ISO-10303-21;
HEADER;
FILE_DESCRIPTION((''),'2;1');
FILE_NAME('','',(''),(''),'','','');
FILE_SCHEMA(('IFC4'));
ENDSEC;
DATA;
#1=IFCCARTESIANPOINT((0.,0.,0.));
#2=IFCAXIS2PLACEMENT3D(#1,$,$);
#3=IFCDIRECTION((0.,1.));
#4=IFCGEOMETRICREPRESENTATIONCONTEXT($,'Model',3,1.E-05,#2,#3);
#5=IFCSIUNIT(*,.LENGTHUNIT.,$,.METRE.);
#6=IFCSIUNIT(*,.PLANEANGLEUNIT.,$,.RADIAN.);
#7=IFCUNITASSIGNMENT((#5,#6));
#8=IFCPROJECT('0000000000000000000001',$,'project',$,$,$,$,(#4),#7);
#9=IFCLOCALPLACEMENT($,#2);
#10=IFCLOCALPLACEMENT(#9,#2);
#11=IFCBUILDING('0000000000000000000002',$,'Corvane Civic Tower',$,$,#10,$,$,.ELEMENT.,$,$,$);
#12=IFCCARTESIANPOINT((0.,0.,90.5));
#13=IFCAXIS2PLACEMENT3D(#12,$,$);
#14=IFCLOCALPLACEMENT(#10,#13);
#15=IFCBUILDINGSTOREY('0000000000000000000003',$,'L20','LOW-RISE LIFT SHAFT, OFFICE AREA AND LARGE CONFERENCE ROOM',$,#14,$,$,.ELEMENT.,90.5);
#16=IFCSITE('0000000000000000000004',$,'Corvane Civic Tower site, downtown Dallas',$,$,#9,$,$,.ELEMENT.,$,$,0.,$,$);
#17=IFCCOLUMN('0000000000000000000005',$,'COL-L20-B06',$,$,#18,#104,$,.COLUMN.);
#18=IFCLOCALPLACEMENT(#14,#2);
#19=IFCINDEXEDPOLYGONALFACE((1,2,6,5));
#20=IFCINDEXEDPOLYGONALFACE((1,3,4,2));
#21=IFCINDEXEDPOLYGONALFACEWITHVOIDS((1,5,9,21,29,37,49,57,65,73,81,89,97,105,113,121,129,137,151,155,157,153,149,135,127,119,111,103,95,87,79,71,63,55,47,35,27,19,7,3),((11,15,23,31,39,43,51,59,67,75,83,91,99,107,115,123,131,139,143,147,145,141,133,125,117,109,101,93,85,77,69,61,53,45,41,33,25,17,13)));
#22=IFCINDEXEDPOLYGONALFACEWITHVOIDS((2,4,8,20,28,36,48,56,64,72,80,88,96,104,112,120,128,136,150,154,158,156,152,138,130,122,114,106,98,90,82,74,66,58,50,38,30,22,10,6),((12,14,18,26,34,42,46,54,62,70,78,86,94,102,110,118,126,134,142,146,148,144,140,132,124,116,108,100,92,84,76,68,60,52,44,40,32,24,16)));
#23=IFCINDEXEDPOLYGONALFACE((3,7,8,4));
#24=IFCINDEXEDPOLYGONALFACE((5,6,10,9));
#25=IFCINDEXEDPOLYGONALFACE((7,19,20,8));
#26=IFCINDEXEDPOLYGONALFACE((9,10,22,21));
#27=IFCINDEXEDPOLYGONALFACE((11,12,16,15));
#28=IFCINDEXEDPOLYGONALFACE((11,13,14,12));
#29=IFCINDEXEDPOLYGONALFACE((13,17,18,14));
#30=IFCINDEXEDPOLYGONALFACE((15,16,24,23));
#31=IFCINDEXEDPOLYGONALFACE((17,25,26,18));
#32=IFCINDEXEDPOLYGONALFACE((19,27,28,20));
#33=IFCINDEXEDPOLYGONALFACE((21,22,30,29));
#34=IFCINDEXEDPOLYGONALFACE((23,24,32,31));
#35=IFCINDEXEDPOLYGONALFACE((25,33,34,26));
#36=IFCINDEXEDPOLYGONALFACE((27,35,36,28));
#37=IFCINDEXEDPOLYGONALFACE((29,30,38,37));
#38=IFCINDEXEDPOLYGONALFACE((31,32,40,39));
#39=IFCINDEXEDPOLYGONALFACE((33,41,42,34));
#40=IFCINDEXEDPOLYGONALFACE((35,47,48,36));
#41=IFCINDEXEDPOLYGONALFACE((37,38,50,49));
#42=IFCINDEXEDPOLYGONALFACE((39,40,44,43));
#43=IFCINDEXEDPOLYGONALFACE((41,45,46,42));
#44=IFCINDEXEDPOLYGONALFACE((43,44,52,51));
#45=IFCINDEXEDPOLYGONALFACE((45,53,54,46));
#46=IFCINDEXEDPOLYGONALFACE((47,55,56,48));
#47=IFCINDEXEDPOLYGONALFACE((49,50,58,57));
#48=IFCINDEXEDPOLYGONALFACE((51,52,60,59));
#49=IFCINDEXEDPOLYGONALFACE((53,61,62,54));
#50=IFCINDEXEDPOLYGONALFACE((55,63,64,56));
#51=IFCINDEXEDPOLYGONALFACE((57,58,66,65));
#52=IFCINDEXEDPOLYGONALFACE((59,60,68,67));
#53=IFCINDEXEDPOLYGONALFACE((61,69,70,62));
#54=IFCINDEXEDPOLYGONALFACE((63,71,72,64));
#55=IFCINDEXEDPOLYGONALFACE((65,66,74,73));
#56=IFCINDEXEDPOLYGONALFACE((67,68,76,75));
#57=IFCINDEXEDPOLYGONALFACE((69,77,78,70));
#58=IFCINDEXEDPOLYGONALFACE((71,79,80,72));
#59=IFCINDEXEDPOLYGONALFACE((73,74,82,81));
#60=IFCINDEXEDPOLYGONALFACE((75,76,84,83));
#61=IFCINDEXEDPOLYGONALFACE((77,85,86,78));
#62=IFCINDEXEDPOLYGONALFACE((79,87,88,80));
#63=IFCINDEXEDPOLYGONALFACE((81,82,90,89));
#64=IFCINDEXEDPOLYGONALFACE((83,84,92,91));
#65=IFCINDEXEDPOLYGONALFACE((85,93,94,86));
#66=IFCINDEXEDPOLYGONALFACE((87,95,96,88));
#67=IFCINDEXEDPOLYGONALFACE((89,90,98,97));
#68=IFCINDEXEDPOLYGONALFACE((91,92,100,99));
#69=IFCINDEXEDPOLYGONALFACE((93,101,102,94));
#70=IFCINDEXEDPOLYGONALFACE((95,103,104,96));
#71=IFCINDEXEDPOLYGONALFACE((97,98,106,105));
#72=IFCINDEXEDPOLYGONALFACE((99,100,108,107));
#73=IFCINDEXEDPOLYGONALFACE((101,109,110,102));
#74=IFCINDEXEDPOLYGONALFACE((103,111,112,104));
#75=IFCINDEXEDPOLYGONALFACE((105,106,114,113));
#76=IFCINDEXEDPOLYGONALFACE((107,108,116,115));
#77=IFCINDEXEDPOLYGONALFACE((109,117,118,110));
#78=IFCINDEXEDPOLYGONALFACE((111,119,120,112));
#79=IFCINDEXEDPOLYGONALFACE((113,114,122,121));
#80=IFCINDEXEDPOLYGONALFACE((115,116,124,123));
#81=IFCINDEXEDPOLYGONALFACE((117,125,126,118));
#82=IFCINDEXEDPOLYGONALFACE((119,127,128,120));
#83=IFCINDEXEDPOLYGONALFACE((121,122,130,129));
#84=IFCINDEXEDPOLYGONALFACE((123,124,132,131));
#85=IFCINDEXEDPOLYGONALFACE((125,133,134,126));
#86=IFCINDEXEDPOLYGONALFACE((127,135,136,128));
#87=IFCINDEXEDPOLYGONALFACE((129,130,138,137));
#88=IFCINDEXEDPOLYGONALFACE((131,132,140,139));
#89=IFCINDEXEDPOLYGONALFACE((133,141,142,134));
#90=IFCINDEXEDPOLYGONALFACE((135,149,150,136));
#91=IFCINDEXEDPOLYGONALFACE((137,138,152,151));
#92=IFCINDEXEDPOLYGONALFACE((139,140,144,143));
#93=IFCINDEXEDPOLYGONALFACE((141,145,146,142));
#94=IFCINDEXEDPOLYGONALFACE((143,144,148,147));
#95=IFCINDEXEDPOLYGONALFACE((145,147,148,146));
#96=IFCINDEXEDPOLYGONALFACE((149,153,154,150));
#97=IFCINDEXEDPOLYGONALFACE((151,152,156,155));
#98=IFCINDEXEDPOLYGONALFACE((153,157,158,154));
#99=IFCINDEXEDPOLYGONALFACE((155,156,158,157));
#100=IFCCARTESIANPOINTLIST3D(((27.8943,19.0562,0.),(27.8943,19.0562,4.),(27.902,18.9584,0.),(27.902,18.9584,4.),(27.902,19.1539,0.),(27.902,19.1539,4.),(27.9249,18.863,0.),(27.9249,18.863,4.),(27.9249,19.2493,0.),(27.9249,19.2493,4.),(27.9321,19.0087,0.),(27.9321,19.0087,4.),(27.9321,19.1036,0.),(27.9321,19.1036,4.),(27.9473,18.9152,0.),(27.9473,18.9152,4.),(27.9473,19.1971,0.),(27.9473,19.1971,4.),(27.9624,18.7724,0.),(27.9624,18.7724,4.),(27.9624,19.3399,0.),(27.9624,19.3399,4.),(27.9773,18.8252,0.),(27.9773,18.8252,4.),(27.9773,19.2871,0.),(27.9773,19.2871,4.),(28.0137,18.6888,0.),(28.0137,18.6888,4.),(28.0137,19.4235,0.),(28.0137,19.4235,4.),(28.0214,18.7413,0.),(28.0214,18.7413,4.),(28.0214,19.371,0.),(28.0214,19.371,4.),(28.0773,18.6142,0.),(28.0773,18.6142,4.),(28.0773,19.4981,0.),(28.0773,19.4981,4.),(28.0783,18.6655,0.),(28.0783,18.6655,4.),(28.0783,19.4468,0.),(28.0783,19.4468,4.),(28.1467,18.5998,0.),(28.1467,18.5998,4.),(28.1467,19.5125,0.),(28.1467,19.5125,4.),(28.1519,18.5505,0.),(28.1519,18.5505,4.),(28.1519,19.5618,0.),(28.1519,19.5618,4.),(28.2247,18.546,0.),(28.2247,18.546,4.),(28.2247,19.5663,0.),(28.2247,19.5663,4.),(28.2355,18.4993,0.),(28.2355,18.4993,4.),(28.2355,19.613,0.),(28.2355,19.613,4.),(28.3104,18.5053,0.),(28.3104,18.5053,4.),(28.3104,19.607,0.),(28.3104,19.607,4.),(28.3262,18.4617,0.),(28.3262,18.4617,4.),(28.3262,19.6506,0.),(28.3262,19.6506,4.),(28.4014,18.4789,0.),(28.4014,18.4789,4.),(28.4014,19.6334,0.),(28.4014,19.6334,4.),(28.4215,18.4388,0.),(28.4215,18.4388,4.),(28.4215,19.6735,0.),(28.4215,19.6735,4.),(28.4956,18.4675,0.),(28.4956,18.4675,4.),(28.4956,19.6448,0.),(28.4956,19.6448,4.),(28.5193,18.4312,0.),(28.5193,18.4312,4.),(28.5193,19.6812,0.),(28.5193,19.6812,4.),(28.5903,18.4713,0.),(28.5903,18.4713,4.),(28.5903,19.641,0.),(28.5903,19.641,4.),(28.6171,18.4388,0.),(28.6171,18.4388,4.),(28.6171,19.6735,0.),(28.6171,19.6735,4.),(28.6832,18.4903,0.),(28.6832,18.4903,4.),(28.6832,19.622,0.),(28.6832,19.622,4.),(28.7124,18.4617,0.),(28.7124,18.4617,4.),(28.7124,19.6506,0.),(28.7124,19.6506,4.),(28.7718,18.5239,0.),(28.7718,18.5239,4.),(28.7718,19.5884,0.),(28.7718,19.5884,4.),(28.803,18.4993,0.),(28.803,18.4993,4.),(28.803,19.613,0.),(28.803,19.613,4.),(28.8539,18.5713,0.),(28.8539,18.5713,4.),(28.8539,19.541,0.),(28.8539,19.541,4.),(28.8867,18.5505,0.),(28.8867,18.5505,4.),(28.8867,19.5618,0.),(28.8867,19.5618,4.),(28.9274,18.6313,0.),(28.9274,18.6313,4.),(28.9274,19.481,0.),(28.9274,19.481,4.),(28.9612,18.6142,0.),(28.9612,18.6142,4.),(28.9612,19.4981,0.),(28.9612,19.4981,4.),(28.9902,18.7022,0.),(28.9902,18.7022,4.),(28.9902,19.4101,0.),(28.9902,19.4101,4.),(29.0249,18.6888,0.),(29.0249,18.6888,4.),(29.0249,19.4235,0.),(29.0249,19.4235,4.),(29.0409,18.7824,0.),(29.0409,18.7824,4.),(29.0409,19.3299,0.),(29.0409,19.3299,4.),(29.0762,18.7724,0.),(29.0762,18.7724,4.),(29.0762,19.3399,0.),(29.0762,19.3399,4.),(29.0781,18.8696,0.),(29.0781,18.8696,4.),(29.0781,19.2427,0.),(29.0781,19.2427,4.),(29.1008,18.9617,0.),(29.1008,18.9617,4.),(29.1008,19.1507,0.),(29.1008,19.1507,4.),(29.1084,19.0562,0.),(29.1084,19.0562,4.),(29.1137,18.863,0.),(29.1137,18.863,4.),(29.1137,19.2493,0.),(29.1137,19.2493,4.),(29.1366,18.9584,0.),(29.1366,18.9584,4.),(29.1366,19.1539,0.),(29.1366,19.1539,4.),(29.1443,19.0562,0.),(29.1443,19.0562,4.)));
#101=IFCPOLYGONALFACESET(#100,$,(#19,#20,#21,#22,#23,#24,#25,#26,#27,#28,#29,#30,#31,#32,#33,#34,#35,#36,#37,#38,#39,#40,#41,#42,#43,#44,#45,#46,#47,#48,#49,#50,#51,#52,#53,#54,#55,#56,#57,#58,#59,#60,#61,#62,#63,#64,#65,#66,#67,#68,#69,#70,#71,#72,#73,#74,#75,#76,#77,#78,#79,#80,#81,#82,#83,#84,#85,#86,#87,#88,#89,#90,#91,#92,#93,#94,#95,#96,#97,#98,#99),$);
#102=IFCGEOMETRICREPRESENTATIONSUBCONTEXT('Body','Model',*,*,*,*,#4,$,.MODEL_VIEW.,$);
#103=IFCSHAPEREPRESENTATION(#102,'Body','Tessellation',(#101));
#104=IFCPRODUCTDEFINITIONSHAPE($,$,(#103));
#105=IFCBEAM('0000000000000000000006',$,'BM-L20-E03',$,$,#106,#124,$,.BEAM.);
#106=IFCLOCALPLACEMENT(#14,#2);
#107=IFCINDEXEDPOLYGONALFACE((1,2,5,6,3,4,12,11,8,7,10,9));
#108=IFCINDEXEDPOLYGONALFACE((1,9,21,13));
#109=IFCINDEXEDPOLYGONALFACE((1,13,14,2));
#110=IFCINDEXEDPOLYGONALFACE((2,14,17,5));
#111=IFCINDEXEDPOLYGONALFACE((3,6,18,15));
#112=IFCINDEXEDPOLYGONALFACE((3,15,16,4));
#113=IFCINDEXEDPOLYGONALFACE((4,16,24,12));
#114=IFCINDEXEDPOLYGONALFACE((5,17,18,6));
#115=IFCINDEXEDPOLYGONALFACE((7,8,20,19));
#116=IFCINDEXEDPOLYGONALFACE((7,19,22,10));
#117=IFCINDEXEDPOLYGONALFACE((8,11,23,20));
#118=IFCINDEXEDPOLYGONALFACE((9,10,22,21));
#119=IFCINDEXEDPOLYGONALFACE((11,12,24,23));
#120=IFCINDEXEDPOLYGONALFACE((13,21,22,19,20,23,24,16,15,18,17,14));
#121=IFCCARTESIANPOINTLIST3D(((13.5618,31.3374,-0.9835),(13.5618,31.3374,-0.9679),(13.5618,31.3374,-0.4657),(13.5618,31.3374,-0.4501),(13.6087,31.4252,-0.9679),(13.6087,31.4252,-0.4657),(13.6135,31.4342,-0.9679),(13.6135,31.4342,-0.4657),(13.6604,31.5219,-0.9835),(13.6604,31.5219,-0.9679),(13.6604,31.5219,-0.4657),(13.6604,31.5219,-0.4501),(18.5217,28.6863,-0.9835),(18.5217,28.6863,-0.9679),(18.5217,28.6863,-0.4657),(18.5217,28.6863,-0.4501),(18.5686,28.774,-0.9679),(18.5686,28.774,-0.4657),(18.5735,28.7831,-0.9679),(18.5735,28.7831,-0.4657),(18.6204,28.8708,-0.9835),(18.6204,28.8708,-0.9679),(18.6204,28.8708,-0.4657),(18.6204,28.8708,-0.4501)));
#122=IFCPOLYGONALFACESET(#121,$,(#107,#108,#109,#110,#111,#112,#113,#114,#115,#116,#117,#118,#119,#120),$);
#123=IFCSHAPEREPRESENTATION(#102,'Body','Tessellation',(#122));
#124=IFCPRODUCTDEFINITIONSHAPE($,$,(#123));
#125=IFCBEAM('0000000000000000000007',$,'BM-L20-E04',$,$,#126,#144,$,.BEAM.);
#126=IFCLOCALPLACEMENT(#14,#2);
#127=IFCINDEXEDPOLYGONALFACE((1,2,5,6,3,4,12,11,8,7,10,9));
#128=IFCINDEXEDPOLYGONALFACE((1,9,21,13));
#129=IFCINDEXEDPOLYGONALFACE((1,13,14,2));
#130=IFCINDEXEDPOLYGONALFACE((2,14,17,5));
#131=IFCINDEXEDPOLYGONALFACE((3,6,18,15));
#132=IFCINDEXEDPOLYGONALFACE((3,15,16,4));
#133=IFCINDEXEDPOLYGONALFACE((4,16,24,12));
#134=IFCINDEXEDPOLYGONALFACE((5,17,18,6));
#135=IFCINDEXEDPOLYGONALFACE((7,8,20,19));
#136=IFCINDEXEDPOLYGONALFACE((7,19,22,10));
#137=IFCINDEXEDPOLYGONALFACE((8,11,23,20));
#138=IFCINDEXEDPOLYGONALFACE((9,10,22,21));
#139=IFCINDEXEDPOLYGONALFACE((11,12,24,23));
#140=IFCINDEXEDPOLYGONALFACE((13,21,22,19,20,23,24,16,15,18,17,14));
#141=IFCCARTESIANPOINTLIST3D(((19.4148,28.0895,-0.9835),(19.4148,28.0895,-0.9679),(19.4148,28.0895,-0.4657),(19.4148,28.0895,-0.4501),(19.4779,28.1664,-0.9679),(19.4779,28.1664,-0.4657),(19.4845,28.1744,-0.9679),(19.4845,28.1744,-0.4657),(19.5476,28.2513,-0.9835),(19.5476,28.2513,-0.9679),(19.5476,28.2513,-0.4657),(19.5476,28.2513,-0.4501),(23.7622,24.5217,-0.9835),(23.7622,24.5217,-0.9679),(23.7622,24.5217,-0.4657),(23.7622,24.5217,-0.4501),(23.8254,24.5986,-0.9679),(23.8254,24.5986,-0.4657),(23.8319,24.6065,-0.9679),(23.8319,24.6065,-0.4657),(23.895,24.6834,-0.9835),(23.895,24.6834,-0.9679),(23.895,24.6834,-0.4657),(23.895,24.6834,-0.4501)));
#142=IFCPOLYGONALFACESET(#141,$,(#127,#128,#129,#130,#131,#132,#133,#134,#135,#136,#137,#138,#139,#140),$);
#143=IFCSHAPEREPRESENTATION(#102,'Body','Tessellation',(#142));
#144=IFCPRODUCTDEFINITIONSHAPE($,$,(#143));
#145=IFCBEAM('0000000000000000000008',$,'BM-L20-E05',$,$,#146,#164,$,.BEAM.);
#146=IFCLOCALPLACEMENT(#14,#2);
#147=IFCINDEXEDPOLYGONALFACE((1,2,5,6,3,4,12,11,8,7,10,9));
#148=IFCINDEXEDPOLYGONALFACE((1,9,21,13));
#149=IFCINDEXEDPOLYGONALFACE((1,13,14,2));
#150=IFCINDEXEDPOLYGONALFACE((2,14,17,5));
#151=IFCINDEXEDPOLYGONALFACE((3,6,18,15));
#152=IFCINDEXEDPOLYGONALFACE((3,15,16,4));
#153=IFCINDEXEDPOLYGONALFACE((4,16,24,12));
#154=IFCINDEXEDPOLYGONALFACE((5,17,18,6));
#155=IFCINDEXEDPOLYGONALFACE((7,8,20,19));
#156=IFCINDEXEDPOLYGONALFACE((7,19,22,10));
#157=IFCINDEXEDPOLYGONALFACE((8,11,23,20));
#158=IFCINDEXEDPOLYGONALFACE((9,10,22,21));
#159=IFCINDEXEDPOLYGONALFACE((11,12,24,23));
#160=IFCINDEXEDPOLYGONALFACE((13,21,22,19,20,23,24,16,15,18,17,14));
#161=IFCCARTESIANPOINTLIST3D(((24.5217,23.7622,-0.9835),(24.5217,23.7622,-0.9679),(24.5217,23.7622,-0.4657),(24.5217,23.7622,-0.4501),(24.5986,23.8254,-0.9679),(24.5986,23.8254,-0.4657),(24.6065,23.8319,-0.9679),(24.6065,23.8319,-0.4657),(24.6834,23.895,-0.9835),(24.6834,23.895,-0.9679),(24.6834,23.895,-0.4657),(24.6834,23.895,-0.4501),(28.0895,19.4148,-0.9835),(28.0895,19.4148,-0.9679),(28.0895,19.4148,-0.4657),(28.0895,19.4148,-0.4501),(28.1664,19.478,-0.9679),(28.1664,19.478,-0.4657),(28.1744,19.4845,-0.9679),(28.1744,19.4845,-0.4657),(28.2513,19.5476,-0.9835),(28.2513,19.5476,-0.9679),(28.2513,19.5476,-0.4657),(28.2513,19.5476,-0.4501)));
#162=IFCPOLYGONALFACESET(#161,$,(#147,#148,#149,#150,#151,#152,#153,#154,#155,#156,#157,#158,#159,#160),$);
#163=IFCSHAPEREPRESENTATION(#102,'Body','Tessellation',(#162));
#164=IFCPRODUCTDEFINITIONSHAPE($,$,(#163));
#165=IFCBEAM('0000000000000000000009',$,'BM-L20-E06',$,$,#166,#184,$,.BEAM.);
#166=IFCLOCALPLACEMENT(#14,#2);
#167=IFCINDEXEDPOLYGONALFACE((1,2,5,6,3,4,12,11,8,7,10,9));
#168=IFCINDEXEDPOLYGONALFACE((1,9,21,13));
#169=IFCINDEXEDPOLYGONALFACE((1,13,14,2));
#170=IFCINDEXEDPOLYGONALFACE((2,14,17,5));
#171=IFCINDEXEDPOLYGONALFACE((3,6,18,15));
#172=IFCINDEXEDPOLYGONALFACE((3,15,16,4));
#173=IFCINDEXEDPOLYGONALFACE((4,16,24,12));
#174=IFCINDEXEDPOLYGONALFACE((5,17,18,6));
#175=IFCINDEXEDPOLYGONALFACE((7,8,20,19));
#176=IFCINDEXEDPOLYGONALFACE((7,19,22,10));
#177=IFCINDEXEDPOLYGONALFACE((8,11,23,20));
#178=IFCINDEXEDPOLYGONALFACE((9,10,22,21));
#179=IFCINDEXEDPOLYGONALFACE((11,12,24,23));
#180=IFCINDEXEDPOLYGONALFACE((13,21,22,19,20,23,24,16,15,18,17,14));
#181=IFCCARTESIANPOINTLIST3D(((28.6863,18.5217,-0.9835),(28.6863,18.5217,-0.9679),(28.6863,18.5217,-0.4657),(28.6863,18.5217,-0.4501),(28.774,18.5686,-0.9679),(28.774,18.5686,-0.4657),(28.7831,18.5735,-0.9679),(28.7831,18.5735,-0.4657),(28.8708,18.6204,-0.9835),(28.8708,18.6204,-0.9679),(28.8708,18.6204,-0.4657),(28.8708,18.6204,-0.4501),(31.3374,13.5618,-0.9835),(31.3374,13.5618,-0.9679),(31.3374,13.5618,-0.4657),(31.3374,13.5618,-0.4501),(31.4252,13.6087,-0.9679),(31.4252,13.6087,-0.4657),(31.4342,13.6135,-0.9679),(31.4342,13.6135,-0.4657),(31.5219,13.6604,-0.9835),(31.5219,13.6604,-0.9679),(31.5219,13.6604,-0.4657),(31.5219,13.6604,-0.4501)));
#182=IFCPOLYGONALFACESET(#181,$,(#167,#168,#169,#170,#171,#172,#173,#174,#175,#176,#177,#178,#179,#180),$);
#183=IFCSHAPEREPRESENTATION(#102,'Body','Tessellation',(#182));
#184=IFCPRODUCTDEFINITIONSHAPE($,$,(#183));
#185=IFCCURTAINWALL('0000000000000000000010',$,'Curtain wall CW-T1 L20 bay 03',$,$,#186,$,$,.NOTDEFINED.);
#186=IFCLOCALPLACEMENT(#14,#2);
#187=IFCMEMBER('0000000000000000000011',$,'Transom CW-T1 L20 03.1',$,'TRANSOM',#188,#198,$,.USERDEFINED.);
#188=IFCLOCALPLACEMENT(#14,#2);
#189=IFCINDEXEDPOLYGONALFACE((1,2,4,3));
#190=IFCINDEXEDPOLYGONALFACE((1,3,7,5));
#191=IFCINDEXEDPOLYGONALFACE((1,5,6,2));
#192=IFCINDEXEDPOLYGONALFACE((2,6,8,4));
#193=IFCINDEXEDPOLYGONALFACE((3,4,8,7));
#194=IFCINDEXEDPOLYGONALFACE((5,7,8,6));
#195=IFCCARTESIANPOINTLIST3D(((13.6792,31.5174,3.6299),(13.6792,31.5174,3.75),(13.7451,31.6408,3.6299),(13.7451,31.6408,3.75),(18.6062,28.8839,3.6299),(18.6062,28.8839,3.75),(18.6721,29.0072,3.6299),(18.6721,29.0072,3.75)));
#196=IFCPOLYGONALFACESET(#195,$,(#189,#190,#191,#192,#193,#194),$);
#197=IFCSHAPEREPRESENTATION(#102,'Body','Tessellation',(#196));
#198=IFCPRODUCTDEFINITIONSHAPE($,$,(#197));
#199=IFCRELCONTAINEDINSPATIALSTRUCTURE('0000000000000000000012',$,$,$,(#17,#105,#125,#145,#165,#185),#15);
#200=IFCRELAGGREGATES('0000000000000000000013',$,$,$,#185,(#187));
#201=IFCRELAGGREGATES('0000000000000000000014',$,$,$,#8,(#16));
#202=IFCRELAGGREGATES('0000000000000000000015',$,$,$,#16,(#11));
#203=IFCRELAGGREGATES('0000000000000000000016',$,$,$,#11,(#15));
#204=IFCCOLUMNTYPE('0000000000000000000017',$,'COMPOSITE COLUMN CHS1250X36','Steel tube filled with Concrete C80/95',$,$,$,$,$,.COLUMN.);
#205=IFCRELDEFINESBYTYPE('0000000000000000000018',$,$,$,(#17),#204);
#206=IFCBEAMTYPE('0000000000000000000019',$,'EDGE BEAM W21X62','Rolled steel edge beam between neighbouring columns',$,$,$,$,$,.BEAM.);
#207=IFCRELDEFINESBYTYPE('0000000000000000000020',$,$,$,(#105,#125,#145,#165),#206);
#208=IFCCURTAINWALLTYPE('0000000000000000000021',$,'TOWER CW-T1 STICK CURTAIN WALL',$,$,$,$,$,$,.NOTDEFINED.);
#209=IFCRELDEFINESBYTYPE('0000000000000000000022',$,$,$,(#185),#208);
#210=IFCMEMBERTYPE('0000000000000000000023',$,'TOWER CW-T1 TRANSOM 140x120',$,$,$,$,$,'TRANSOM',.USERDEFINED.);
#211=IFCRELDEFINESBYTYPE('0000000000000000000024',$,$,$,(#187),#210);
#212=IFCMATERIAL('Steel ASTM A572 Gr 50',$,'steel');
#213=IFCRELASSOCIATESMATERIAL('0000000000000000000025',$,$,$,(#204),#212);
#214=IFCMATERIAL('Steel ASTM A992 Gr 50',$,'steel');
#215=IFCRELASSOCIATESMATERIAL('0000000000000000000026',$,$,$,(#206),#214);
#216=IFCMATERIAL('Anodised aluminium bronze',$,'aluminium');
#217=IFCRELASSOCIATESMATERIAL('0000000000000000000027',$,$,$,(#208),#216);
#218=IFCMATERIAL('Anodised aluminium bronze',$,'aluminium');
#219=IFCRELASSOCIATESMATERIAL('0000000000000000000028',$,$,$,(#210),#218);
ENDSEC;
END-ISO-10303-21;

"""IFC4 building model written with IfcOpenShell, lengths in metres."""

from ifc_helpers import new_model, si_unit, direction, frame, origin, origin_2d, place, context, subcontext, project, spatial, rectangle, hollow_circle, i_section, extrude, material, material_profile, profile_set, type_object, element, aggregate, save


model = new_model("IFC4")

# Units and contexts
model_context = context("Model", 3, precision=1e-05, world=origin(), true_north=direction((0.0, 1.0)))
body_context = subcontext(model_context, "Body", "Model", "MODEL_VIEW")
ifc_project = project(units=[si_unit("LENGTHUNIT", "METRE"), si_unit("PLANEANGLEUNIT", "RADIAN")], contexts=[model_context])

# Site, building, storey
site_placement = place(None, origin())
site = spatial("IfcSite", under=ifc_project, at=site_placement, Name="Corvane Civic Tower site, downtown Dallas", CompositionType="ELEMENT", RefElevation=0.0)
building_placement = place(site_placement, origin())
building = spatial("IfcBuilding", under=site, at=building_placement, Name="Corvane Civic Tower", CompositionType="ELEMENT")
storey_placement = place(building_placement, frame((0.0, 0.0, 90.5)))
storey = spatial("IfcBuildingStorey", under=building, at=storey_placement, Name="L20", Description="LOW-RISE LIFT SHAFT, OFFICE AREA AND LARGE CONFERENCE ROOM", CompositionType="ELEMENT", Elevation=90.5)

# Column
ifc_material_1 = material(Name="Steel ASTM A572 Gr 50", Category="steel")
ifc_material_profile_1 = material_profile(ifc_material_1, hollow_circle(Radius=0.625, WallThickness=0.0359, at=origin_2d()), Name="CHS1250X36")
ifc_profile_set_1 = profile_set([ifc_material_profile_1], Name="Steel ASTM A572 Gr 50")
column_type = type_object("IfcColumnType", Name="COMPOSITE COLUMN CHS1250X36", Description="Steel tube filled with Concrete C80/95", PredefinedType="COLUMN", material=ifc_profile_set_1)
for number, where, z_axis, x_axis, name in (
    (1, (28.5193, 19.0562, 0.0), (0.0, 0.0, 1.0), (1.0, 0.0, 0.0), "COL-L20-B06"),
):
    element("IfcColumn", number, at=place(storey_placement, frame(where, z_axis=z_axis, x_axis=x_axis)), inside=storey, type_object=column_type, Name=name, PredefinedType="COLUMN", context=body_context, shape_type="SweptSolid", body=[
        extrude(hollow_circle(Radius=0.625, WallThickness=0.0359, at=origin_2d()), origin(), (0.0, 0.0, 1.0), 4.0),
    ])

# Beams
ifc_material_2 = material(Name="Steel ASTM A992 Gr 50", Category="steel")
ifc_material_profile_2 = material_profile(ifc_material_2, i_section(OverallWidth=0.2092, OverallDepth=0.5334, WebThickness=0.0103, FlangeThickness=0.0156, at=origin_2d()), Name="W21X62")
ifc_profile_set_2 = profile_set([ifc_material_profile_2], Name="Steel ASTM A992 Gr 50")
beam_type = type_object("IfcBeamType", Name="EDGE BEAM W21X62", Description="Rolled steel edge beam between neighbouring columns", PredefinedType="BEAM", material=ifc_profile_set_2)
for number, where, z_axis, x_axis, name in (
    (2, (13.6111, 31.4297, -0.7168), (0.881924, -0.471392, 0.0), (0.471392, 0.881924, 0.0), "BM-L20-E03"),
    (3, (19.4812, 28.1704, -0.7168), (0.773007, -0.634398, 0.0), (0.634398, 0.773007, 0.0), "BM-L20-E04"),
    (4, (24.6025, 23.8286, -0.7168), (0.634398, -0.773007, 0.0), (0.773007, 0.634398, 0.0), "BM-L20-E05"),
    (5, (28.7786, 18.571, -0.7168), (0.471392, -0.881924, 0.0), (0.881924, 0.471392, 0.0), "BM-L20-E06"),
):
    element("IfcBeam", number, at=place(storey_placement, frame(where, z_axis=z_axis, x_axis=x_axis)), inside=storey, type_object=beam_type, Name=name, PredefinedType="BEAM", context=body_context, shape_type="SweptSolid", body=[
        extrude(i_section(OverallWidth=0.2092, OverallDepth=0.5334, WebThickness=0.0103, FlangeThickness=0.0156, at=origin_2d()), origin(), (0.0, 0.0, 1.0), 5.624),
    ])

# Curtain wall, member
ifc_material_3 = material(Name="Anodised aluminium bronze", Category="aluminium")
curtain_wall_type = type_object("IfcCurtainWallType", Name="TOWER CW-T1 STICK CURTAIN WALL", PredefinedType="NOTDEFINED", material=ifc_material_3)
curtain_wall_1_placement = place(storey_placement, origin())
curtain_wall_1 = element("IfcCurtainWall", 6, at=curtain_wall_1_placement, inside=storey, type_object=curtain_wall_type, Name="Curtain wall CW-T1 L20 bay 03", PredefinedType="NOTDEFINED")
ifc_material_4 = material(Name="Anodised aluminium bronze", Category="aluminium")
ifc_material_profile_3 = material_profile(ifc_material_4, rectangle(XDim=0.1399, YDim=0.1201, at=origin_2d()), Name="TOWER CW-T1 TRANSOM 140x120")
ifc_profile_set_3 = profile_set([ifc_material_profile_3], Name="Anodised aluminium bronze")
member_type = type_object("IfcMemberType", Name="TOWER CW-T1 TRANSOM 140x120", ElementType="TRANSOM", PredefinedType="USERDEFINED", material=ifc_profile_set_3)
member_1_placement = place(storey_placement, frame((13.7122, 31.5791, 3.6899), z_axis=(0.881921, -0.471398, 0.0), x_axis=(0.471398, 0.881921, 0.0)))
member_1 = element("IfcMember", 7, at=member_1_placement, type_object=member_type, Name="Transom CW-T1 L20 03.1", ObjectType="TRANSOM", PredefinedType="USERDEFINED", context=body_context, shape_type="SweptSolid", body=[
    extrude(rectangle(XDim=0.1399, YDim=0.1201, at=origin_2d()), origin(), (0.0, 0.0, 1.0), 5.5867),
])

aggregate(curtain_wall_1, [member_1])

save(model, "model.ifc")
